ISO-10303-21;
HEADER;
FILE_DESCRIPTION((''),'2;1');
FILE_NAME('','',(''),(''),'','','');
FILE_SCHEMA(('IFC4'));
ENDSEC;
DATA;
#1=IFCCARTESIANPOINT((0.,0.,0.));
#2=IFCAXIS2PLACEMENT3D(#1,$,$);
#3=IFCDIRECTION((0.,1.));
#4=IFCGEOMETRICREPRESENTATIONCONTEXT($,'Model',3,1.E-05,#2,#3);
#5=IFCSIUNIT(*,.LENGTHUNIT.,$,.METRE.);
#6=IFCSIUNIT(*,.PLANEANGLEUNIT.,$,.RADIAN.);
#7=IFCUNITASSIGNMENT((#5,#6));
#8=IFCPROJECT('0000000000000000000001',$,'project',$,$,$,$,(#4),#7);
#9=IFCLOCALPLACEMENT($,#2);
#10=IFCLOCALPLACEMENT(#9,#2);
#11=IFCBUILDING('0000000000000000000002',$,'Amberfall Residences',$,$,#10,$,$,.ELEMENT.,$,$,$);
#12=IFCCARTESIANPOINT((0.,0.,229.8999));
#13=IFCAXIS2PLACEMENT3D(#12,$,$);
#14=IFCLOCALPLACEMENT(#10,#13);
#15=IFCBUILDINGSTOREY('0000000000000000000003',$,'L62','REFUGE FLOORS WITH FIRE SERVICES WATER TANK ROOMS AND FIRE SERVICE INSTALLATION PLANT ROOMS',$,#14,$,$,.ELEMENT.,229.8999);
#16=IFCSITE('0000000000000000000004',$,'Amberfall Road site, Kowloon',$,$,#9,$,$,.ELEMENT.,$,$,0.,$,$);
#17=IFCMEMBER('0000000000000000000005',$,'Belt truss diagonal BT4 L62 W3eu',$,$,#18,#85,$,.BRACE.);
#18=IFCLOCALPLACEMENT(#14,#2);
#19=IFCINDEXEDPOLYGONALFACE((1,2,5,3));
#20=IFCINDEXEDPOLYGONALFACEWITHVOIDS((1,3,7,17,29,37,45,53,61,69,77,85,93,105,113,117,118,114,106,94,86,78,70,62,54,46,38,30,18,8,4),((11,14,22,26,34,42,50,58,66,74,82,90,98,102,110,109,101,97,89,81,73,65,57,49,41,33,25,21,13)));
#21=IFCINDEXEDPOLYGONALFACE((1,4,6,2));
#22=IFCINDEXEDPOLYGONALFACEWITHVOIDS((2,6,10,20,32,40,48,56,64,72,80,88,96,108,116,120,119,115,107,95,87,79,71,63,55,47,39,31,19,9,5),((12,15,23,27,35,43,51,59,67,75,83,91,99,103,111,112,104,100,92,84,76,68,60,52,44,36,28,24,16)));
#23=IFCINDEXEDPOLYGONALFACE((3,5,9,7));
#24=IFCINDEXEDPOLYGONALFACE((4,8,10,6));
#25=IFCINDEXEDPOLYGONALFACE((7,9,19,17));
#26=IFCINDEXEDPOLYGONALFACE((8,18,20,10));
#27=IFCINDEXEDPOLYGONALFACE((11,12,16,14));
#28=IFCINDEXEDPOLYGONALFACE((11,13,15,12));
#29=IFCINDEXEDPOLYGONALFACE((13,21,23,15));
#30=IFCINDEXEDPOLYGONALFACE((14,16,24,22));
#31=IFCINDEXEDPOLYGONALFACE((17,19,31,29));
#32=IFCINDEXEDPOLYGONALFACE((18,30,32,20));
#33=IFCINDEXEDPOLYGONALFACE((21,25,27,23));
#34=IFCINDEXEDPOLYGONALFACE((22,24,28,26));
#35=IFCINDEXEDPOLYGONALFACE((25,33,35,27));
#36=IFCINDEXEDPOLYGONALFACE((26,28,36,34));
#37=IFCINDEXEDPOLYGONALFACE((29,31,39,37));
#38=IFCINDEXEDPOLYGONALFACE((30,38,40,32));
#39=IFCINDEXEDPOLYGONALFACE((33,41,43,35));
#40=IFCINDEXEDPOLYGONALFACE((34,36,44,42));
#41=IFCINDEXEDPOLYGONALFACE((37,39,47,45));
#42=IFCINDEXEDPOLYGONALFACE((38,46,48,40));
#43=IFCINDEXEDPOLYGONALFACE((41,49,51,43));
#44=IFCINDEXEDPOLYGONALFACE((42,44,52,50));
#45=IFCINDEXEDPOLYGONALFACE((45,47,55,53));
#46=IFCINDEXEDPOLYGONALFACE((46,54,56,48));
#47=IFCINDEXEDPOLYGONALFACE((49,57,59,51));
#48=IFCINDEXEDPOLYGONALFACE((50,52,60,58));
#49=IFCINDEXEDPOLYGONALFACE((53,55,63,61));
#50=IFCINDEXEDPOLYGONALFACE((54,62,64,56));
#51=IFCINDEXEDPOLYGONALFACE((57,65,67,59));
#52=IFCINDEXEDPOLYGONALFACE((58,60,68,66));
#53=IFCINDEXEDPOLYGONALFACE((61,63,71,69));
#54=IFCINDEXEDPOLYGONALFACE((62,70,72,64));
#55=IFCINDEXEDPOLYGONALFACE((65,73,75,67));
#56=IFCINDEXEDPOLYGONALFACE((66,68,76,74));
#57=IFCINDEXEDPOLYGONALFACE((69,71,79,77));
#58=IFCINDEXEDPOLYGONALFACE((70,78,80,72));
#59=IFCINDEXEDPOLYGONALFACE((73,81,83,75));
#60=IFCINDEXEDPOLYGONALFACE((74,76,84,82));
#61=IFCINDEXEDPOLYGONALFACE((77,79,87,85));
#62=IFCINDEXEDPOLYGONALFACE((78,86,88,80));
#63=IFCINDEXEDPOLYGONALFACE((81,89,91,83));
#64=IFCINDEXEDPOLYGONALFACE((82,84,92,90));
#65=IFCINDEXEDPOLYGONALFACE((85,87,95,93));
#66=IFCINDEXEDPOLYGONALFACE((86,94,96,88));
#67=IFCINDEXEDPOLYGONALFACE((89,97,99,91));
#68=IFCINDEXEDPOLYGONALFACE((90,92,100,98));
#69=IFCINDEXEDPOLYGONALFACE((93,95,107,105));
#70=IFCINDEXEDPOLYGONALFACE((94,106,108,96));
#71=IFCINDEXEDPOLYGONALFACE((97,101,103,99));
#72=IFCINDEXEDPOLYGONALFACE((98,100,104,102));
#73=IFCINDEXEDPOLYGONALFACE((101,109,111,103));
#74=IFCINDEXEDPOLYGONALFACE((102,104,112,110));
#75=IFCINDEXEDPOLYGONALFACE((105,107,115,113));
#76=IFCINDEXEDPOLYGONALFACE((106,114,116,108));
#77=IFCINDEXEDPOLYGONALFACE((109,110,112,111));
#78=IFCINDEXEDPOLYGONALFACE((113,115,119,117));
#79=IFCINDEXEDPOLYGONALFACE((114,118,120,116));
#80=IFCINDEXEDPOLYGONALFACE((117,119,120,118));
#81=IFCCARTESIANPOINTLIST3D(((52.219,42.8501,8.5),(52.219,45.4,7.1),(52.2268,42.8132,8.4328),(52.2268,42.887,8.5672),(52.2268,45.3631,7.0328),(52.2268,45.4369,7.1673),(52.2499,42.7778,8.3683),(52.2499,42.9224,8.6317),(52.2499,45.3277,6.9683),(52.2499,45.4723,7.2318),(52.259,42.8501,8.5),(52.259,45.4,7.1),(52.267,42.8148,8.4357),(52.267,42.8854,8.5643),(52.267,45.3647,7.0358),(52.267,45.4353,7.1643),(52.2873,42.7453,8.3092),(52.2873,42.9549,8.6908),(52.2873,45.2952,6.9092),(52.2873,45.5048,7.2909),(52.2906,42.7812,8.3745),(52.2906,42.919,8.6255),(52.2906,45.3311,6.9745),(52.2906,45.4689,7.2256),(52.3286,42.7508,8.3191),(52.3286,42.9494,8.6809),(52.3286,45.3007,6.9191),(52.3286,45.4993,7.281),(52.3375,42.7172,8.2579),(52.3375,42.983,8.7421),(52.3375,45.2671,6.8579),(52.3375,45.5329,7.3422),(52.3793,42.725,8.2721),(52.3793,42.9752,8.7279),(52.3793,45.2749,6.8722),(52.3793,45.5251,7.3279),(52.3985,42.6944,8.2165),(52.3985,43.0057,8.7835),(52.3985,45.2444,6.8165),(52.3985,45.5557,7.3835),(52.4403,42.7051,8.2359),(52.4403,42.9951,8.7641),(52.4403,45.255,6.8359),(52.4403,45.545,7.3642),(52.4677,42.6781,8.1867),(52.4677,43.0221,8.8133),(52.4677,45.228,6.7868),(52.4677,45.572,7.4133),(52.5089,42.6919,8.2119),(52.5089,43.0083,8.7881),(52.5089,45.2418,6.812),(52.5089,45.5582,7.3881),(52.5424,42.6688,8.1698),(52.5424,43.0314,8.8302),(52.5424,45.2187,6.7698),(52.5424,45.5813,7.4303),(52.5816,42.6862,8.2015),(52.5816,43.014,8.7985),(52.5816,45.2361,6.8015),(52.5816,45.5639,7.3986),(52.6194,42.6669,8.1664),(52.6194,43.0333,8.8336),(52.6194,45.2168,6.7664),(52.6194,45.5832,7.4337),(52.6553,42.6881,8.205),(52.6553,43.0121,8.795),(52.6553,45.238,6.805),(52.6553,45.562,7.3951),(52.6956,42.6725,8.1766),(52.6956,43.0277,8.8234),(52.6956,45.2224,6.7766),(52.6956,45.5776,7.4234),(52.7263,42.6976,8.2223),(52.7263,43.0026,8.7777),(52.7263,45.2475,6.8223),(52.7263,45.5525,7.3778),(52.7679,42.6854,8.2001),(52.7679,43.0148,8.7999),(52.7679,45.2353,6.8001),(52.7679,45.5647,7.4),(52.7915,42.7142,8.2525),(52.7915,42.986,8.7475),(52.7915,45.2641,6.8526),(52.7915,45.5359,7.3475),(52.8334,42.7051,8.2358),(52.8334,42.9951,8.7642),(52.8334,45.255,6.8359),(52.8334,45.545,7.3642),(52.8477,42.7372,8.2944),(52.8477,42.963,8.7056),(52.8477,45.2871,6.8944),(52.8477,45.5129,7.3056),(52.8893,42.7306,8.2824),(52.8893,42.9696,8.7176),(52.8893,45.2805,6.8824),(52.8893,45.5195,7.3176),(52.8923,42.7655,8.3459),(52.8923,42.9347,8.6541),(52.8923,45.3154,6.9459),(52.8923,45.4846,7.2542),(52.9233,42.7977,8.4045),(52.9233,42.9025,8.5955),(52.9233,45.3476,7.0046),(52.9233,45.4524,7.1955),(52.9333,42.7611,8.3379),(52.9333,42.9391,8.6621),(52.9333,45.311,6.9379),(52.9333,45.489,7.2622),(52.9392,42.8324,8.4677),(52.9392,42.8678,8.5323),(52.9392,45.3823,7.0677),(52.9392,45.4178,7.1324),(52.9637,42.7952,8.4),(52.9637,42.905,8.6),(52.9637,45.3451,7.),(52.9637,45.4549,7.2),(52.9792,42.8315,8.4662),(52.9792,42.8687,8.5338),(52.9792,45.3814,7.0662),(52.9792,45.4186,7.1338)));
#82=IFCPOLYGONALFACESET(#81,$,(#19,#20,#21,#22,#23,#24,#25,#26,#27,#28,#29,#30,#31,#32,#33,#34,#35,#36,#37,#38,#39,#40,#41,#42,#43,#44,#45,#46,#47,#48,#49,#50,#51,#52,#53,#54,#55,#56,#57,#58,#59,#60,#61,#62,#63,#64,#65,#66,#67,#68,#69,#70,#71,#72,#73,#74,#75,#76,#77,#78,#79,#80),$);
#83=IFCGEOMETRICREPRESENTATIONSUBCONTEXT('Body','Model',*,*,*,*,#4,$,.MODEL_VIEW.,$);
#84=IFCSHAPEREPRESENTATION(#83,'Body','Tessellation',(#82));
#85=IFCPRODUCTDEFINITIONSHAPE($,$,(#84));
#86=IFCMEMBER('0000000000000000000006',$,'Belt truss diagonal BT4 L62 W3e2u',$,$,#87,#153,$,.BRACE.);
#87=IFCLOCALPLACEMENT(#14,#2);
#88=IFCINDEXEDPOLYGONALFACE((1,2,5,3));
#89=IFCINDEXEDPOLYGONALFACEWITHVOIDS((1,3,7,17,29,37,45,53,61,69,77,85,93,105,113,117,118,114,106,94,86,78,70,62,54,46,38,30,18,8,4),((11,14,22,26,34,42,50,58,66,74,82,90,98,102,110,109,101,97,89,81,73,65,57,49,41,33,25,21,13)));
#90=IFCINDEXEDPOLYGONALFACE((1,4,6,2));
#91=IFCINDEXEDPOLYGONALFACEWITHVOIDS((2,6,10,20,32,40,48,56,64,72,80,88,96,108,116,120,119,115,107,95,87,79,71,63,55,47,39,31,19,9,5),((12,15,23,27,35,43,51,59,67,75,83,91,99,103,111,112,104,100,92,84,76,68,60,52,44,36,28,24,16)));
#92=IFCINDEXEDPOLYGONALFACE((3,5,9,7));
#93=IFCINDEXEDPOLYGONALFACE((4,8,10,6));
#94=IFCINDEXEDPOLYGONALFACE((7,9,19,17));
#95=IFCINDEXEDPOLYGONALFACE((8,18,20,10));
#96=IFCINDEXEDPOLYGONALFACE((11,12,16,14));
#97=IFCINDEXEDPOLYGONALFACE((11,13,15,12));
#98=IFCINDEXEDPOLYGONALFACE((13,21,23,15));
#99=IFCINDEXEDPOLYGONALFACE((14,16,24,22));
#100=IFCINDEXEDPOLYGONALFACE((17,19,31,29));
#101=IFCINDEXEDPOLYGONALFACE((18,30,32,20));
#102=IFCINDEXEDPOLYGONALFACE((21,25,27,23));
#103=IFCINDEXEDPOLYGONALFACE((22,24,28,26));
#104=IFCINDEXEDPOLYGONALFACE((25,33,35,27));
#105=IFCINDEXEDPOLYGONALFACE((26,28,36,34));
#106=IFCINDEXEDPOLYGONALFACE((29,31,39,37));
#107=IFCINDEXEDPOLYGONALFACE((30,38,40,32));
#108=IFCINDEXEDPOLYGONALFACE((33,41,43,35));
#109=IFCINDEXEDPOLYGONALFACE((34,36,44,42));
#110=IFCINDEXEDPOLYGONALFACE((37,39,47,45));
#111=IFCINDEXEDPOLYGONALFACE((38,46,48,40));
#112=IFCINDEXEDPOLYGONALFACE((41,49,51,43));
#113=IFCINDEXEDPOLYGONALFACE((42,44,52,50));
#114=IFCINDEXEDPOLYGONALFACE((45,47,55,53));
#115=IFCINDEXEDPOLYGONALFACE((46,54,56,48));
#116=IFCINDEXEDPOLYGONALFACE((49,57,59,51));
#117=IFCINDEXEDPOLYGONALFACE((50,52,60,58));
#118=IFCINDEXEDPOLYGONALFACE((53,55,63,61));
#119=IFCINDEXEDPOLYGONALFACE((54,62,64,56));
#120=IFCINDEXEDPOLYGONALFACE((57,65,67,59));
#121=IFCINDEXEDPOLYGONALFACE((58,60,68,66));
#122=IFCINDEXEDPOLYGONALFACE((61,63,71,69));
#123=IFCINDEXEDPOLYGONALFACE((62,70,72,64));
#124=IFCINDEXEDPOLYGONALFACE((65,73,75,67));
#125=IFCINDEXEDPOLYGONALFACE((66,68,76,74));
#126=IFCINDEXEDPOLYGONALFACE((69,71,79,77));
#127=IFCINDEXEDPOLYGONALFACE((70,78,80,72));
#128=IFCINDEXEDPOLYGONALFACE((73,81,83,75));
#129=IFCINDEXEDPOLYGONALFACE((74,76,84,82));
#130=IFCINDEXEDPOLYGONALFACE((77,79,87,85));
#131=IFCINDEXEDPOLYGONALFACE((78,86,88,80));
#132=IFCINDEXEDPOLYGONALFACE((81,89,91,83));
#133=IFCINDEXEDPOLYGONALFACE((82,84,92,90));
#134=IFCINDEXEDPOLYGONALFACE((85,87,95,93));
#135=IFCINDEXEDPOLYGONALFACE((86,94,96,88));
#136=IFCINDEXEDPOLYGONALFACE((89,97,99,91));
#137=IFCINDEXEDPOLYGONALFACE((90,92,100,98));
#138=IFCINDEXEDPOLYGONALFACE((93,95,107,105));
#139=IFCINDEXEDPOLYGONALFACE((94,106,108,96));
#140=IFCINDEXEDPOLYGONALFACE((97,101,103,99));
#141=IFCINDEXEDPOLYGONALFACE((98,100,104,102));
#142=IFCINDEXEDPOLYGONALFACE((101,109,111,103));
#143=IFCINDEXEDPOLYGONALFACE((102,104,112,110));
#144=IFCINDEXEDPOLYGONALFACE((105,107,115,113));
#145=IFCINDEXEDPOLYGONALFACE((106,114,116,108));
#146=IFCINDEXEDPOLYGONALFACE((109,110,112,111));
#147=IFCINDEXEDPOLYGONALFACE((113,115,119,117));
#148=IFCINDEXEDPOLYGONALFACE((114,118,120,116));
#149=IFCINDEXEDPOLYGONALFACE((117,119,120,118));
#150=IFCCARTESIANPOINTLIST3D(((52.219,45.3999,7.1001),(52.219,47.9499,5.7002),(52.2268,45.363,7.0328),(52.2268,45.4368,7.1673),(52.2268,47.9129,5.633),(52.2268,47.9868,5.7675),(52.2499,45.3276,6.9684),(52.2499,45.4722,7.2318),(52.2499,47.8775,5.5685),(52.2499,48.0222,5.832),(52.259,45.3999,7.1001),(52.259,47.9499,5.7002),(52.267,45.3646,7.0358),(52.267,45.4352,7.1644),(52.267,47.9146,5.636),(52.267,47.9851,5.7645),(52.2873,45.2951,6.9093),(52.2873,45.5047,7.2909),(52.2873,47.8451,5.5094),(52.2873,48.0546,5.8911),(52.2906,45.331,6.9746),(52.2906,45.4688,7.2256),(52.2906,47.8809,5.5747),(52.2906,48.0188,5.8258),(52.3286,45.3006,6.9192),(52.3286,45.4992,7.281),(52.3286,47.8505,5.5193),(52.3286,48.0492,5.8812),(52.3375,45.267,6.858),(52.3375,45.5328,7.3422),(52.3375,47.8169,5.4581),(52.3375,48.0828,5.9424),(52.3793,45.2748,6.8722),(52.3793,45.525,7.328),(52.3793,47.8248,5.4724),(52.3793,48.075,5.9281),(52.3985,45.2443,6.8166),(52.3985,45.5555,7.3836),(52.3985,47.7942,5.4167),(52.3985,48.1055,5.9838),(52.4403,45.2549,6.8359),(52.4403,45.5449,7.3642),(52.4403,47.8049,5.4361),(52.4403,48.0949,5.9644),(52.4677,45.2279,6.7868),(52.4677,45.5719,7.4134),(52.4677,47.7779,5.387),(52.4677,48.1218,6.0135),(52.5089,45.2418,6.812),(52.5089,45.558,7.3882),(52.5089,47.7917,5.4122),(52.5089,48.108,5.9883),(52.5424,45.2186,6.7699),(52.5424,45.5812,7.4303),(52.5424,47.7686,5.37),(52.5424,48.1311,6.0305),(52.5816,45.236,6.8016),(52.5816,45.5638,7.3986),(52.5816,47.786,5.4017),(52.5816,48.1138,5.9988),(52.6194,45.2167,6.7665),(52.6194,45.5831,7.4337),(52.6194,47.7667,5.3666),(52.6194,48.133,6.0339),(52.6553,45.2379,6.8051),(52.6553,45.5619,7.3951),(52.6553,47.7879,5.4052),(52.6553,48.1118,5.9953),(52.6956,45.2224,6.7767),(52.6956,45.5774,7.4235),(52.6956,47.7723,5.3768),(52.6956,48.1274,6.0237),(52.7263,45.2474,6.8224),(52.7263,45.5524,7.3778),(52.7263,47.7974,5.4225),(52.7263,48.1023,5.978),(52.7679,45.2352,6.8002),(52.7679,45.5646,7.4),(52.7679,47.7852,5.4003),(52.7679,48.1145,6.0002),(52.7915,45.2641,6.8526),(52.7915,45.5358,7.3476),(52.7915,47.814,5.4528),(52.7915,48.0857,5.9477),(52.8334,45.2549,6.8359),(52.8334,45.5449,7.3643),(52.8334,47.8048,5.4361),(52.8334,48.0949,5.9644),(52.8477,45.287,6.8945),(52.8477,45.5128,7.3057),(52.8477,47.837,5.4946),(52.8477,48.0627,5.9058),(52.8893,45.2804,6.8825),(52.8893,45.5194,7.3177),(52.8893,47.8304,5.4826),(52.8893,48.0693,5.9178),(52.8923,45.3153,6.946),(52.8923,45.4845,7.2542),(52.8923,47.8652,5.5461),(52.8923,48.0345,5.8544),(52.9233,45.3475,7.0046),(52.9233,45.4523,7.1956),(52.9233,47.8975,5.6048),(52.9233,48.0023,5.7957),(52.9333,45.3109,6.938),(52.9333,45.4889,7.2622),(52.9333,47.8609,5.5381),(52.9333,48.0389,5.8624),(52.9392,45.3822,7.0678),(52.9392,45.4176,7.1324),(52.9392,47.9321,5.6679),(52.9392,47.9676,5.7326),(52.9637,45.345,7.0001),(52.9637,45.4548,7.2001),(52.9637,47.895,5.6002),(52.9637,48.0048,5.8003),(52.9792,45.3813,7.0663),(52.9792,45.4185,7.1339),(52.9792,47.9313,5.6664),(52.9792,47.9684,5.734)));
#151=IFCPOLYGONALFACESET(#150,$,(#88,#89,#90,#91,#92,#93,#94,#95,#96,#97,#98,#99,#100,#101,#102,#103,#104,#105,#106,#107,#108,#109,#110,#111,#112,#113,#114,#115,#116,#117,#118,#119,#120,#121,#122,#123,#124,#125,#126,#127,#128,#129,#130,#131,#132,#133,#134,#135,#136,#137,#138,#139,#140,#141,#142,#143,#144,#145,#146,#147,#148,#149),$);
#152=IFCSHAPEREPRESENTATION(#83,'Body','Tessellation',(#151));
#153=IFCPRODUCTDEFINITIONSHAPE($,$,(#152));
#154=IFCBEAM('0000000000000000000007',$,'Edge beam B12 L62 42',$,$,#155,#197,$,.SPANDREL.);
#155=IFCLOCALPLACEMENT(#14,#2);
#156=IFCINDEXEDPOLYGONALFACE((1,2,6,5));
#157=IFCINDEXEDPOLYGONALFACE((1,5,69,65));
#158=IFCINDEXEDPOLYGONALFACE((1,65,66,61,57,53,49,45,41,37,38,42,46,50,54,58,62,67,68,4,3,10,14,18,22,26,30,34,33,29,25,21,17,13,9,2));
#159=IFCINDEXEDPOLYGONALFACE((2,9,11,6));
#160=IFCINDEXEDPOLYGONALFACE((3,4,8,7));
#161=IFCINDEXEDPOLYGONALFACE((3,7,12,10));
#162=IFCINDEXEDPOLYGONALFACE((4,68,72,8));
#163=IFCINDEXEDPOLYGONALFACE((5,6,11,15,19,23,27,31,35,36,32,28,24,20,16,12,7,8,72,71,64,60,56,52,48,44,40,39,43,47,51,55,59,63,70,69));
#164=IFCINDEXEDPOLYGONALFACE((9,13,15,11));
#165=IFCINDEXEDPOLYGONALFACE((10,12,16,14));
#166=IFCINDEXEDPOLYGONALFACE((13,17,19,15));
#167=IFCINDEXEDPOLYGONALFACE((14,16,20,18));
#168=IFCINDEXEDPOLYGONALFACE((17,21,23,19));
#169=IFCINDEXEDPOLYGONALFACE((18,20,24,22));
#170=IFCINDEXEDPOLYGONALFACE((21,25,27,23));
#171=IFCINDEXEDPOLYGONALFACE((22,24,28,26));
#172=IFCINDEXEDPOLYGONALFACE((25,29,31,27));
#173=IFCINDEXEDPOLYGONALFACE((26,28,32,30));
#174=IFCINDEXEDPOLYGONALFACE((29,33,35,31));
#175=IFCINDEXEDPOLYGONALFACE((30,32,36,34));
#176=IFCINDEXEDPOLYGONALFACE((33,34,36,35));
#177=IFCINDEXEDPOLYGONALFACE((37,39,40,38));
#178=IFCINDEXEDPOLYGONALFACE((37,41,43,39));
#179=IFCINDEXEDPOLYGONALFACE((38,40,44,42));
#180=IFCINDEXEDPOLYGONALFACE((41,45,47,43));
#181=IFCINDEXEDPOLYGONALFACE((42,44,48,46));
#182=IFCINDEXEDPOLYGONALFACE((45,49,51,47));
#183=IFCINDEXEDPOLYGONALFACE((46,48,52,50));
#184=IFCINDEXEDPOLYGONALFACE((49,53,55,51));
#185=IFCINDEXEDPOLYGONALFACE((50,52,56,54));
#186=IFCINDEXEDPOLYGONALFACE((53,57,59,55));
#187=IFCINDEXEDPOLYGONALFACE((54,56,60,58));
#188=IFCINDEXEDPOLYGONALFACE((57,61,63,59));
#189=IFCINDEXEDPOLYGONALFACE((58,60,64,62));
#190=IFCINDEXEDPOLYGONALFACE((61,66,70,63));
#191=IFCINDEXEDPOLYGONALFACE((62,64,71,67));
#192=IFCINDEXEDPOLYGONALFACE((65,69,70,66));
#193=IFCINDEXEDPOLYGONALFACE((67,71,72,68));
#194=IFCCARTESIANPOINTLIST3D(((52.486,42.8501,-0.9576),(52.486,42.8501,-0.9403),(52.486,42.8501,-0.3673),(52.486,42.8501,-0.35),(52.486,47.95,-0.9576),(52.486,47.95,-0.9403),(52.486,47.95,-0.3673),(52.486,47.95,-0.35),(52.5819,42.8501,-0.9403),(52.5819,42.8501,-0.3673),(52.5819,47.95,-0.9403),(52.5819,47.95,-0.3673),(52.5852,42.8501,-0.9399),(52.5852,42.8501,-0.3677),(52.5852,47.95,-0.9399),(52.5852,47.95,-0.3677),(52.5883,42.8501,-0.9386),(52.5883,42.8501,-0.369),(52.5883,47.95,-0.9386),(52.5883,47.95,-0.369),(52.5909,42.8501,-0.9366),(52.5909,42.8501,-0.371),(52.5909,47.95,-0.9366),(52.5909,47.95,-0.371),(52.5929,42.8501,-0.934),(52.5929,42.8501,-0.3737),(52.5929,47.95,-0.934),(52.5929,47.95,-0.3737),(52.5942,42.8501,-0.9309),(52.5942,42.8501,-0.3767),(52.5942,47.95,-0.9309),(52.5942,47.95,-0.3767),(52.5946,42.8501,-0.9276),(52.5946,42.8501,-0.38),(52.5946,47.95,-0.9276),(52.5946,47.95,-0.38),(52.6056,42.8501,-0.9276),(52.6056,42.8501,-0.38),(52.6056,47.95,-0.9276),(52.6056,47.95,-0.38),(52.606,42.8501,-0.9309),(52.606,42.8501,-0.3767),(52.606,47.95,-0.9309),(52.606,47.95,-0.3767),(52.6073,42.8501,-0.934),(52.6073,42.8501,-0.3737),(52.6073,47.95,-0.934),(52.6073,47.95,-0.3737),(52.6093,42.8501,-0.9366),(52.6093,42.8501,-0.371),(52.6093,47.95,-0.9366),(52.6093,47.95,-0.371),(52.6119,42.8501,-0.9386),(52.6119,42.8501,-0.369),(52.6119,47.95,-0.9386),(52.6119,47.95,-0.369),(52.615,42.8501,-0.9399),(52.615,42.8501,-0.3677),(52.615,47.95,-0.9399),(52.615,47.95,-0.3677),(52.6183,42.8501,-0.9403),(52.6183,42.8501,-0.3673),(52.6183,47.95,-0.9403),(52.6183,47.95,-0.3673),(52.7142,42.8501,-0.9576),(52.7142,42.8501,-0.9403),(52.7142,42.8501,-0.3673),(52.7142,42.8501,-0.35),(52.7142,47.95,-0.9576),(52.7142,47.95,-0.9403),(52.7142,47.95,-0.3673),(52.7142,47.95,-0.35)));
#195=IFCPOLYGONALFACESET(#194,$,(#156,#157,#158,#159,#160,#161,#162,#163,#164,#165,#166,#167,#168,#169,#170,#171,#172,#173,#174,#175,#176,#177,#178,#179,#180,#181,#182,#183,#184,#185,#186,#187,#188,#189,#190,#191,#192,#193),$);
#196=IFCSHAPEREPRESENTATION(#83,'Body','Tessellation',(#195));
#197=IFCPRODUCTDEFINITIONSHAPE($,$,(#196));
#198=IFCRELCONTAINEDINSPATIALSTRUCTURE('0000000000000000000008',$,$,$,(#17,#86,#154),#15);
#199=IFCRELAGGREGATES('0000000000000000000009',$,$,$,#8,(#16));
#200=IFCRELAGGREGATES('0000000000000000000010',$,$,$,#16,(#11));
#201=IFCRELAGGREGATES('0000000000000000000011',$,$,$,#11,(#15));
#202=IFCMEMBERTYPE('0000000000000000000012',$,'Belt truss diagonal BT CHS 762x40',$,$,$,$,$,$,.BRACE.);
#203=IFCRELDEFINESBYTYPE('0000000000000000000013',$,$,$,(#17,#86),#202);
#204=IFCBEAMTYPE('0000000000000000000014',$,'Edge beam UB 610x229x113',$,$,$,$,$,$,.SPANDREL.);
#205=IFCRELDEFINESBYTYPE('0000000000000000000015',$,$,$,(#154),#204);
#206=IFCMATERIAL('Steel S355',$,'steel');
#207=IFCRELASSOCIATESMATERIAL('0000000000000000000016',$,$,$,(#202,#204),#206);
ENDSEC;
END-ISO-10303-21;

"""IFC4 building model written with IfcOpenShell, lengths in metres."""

from ifc_helpers import new_model, si_unit, direction, frame, origin, origin_2d, place, context, subcontext, project, spatial, hollow_circle, i_section, extrude, material, material_profile, profile_set, type_object, element, save


model = new_model("IFC4")

# Units and contexts
model_context = context("Model", 3, precision=1e-05, world=origin(), true_north=direction((0.0, 1.0)))
body_context = subcontext(model_context, "Body", "Model", "MODEL_VIEW")
ifc_project = project(units=[si_unit("LENGTHUNIT", "METRE"), si_unit("PLANEANGLEUNIT", "RADIAN")], contexts=[model_context])

# Site, building, storey
site_placement = place(None, origin())
site = spatial("IfcSite", under=ifc_project, at=site_placement, Name="Amberfall Road site, Kowloon", CompositionType="ELEMENT", RefElevation=0.0)
building_placement = place(site_placement, origin())
building = spatial("IfcBuilding", under=site, at=building_placement, Name="Amberfall Residences", CompositionType="ELEMENT")
storey_placement = place(building_placement, frame((0.0, 0.0, 229.8999)))
storey = spatial("IfcBuildingStorey", under=building, at=storey_placement, Name="L62", Description="REFUGE FLOORS WITH FIRE SERVICES WATER TANK ROOMS AND FIRE SERVICE INSTALLATION PLANT ROOMS", CompositionType="ELEMENT", Elevation=229.8999)

# Shared definitions
ifc_material_1 = material(Name="Steel S355", Category="steel")

# Members
ifc_material_profile_1 = material_profile(ifc_material_1, hollow_circle(Radius=0.3811, WallThickness=0.04, at=origin_2d()), Name="CHS 762x40")
ifc_profile_set_1 = profile_set([ifc_material_profile_1], Name="Steel S355")
member_type_1 = type_object("IfcMemberType", Name="Belt truss diagonal BT CHS 762x40", PredefinedType="BRACE", material=ifc_profile_set_1)
for number, where, z_axis, x_axis, name in (
    (1, (52.6001, 42.8501, 8.5), (0.0, 0.876577, -0.481261), (-1.0, 0.0, 0.0), "Belt truss diagonal BT4 L62 W3eu"),
    (2, (52.6001, 45.3999, 7.1001), (0.0, 0.876597, -0.481226), (-1.0, 0.0, 0.0), "Belt truss diagonal BT4 L62 W3e2u"),
):
    element("IfcMember", number, at=place(storey_placement, frame(where, z_axis=z_axis, x_axis=x_axis)), inside=storey, type_object=member_type_1, Name=name, PredefinedType="BRACE", context=body_context, shape_type="SweptSolid", body=[
        extrude(hollow_circle(Radius=0.3811, WallThickness=0.04, at=origin_2d()), origin(), (0.0, 0.0, 1.0), 2.9089),
    ])

# Beam
ifc_material_profile_2 = material_profile(ifc_material_1, i_section(OverallWidth=0.2283, OverallDepth=0.6077, WebThickness=0.011, FlangeThickness=0.0173, FilletRadius=0.0127, at=origin_2d()), Name="UB 610x229x113")
ifc_profile_set_2 = profile_set([ifc_material_profile_2], Name="Steel S355")
beam_type_1 = type_object("IfcBeamType", Name="Edge beam UB 610x229x113", PredefinedType="SPANDREL", material=ifc_profile_set_2)
beam_1_placement = place(storey_placement, frame((52.6001, 42.8501, -0.6538), z_axis=(0.0, 1.0, 0.0), x_axis=(-1.0, 0.0, 0.0)))
element("IfcBeam", 3, at=beam_1_placement, inside=storey, type_object=beam_type_1, Name="Edge beam B12 L62 42", PredefinedType="SPANDREL", context=body_context, shape_type="SweptSolid", body=[
    extrude(i_section(OverallWidth=0.2283, OverallDepth=0.6077, WebThickness=0.011, FlangeThickness=0.0173, FilletRadius=0.0127, at=origin_2d()), origin(), (0.0, 0.0, 1.0), 5.0999),
])

save(model, "model.ifc")
